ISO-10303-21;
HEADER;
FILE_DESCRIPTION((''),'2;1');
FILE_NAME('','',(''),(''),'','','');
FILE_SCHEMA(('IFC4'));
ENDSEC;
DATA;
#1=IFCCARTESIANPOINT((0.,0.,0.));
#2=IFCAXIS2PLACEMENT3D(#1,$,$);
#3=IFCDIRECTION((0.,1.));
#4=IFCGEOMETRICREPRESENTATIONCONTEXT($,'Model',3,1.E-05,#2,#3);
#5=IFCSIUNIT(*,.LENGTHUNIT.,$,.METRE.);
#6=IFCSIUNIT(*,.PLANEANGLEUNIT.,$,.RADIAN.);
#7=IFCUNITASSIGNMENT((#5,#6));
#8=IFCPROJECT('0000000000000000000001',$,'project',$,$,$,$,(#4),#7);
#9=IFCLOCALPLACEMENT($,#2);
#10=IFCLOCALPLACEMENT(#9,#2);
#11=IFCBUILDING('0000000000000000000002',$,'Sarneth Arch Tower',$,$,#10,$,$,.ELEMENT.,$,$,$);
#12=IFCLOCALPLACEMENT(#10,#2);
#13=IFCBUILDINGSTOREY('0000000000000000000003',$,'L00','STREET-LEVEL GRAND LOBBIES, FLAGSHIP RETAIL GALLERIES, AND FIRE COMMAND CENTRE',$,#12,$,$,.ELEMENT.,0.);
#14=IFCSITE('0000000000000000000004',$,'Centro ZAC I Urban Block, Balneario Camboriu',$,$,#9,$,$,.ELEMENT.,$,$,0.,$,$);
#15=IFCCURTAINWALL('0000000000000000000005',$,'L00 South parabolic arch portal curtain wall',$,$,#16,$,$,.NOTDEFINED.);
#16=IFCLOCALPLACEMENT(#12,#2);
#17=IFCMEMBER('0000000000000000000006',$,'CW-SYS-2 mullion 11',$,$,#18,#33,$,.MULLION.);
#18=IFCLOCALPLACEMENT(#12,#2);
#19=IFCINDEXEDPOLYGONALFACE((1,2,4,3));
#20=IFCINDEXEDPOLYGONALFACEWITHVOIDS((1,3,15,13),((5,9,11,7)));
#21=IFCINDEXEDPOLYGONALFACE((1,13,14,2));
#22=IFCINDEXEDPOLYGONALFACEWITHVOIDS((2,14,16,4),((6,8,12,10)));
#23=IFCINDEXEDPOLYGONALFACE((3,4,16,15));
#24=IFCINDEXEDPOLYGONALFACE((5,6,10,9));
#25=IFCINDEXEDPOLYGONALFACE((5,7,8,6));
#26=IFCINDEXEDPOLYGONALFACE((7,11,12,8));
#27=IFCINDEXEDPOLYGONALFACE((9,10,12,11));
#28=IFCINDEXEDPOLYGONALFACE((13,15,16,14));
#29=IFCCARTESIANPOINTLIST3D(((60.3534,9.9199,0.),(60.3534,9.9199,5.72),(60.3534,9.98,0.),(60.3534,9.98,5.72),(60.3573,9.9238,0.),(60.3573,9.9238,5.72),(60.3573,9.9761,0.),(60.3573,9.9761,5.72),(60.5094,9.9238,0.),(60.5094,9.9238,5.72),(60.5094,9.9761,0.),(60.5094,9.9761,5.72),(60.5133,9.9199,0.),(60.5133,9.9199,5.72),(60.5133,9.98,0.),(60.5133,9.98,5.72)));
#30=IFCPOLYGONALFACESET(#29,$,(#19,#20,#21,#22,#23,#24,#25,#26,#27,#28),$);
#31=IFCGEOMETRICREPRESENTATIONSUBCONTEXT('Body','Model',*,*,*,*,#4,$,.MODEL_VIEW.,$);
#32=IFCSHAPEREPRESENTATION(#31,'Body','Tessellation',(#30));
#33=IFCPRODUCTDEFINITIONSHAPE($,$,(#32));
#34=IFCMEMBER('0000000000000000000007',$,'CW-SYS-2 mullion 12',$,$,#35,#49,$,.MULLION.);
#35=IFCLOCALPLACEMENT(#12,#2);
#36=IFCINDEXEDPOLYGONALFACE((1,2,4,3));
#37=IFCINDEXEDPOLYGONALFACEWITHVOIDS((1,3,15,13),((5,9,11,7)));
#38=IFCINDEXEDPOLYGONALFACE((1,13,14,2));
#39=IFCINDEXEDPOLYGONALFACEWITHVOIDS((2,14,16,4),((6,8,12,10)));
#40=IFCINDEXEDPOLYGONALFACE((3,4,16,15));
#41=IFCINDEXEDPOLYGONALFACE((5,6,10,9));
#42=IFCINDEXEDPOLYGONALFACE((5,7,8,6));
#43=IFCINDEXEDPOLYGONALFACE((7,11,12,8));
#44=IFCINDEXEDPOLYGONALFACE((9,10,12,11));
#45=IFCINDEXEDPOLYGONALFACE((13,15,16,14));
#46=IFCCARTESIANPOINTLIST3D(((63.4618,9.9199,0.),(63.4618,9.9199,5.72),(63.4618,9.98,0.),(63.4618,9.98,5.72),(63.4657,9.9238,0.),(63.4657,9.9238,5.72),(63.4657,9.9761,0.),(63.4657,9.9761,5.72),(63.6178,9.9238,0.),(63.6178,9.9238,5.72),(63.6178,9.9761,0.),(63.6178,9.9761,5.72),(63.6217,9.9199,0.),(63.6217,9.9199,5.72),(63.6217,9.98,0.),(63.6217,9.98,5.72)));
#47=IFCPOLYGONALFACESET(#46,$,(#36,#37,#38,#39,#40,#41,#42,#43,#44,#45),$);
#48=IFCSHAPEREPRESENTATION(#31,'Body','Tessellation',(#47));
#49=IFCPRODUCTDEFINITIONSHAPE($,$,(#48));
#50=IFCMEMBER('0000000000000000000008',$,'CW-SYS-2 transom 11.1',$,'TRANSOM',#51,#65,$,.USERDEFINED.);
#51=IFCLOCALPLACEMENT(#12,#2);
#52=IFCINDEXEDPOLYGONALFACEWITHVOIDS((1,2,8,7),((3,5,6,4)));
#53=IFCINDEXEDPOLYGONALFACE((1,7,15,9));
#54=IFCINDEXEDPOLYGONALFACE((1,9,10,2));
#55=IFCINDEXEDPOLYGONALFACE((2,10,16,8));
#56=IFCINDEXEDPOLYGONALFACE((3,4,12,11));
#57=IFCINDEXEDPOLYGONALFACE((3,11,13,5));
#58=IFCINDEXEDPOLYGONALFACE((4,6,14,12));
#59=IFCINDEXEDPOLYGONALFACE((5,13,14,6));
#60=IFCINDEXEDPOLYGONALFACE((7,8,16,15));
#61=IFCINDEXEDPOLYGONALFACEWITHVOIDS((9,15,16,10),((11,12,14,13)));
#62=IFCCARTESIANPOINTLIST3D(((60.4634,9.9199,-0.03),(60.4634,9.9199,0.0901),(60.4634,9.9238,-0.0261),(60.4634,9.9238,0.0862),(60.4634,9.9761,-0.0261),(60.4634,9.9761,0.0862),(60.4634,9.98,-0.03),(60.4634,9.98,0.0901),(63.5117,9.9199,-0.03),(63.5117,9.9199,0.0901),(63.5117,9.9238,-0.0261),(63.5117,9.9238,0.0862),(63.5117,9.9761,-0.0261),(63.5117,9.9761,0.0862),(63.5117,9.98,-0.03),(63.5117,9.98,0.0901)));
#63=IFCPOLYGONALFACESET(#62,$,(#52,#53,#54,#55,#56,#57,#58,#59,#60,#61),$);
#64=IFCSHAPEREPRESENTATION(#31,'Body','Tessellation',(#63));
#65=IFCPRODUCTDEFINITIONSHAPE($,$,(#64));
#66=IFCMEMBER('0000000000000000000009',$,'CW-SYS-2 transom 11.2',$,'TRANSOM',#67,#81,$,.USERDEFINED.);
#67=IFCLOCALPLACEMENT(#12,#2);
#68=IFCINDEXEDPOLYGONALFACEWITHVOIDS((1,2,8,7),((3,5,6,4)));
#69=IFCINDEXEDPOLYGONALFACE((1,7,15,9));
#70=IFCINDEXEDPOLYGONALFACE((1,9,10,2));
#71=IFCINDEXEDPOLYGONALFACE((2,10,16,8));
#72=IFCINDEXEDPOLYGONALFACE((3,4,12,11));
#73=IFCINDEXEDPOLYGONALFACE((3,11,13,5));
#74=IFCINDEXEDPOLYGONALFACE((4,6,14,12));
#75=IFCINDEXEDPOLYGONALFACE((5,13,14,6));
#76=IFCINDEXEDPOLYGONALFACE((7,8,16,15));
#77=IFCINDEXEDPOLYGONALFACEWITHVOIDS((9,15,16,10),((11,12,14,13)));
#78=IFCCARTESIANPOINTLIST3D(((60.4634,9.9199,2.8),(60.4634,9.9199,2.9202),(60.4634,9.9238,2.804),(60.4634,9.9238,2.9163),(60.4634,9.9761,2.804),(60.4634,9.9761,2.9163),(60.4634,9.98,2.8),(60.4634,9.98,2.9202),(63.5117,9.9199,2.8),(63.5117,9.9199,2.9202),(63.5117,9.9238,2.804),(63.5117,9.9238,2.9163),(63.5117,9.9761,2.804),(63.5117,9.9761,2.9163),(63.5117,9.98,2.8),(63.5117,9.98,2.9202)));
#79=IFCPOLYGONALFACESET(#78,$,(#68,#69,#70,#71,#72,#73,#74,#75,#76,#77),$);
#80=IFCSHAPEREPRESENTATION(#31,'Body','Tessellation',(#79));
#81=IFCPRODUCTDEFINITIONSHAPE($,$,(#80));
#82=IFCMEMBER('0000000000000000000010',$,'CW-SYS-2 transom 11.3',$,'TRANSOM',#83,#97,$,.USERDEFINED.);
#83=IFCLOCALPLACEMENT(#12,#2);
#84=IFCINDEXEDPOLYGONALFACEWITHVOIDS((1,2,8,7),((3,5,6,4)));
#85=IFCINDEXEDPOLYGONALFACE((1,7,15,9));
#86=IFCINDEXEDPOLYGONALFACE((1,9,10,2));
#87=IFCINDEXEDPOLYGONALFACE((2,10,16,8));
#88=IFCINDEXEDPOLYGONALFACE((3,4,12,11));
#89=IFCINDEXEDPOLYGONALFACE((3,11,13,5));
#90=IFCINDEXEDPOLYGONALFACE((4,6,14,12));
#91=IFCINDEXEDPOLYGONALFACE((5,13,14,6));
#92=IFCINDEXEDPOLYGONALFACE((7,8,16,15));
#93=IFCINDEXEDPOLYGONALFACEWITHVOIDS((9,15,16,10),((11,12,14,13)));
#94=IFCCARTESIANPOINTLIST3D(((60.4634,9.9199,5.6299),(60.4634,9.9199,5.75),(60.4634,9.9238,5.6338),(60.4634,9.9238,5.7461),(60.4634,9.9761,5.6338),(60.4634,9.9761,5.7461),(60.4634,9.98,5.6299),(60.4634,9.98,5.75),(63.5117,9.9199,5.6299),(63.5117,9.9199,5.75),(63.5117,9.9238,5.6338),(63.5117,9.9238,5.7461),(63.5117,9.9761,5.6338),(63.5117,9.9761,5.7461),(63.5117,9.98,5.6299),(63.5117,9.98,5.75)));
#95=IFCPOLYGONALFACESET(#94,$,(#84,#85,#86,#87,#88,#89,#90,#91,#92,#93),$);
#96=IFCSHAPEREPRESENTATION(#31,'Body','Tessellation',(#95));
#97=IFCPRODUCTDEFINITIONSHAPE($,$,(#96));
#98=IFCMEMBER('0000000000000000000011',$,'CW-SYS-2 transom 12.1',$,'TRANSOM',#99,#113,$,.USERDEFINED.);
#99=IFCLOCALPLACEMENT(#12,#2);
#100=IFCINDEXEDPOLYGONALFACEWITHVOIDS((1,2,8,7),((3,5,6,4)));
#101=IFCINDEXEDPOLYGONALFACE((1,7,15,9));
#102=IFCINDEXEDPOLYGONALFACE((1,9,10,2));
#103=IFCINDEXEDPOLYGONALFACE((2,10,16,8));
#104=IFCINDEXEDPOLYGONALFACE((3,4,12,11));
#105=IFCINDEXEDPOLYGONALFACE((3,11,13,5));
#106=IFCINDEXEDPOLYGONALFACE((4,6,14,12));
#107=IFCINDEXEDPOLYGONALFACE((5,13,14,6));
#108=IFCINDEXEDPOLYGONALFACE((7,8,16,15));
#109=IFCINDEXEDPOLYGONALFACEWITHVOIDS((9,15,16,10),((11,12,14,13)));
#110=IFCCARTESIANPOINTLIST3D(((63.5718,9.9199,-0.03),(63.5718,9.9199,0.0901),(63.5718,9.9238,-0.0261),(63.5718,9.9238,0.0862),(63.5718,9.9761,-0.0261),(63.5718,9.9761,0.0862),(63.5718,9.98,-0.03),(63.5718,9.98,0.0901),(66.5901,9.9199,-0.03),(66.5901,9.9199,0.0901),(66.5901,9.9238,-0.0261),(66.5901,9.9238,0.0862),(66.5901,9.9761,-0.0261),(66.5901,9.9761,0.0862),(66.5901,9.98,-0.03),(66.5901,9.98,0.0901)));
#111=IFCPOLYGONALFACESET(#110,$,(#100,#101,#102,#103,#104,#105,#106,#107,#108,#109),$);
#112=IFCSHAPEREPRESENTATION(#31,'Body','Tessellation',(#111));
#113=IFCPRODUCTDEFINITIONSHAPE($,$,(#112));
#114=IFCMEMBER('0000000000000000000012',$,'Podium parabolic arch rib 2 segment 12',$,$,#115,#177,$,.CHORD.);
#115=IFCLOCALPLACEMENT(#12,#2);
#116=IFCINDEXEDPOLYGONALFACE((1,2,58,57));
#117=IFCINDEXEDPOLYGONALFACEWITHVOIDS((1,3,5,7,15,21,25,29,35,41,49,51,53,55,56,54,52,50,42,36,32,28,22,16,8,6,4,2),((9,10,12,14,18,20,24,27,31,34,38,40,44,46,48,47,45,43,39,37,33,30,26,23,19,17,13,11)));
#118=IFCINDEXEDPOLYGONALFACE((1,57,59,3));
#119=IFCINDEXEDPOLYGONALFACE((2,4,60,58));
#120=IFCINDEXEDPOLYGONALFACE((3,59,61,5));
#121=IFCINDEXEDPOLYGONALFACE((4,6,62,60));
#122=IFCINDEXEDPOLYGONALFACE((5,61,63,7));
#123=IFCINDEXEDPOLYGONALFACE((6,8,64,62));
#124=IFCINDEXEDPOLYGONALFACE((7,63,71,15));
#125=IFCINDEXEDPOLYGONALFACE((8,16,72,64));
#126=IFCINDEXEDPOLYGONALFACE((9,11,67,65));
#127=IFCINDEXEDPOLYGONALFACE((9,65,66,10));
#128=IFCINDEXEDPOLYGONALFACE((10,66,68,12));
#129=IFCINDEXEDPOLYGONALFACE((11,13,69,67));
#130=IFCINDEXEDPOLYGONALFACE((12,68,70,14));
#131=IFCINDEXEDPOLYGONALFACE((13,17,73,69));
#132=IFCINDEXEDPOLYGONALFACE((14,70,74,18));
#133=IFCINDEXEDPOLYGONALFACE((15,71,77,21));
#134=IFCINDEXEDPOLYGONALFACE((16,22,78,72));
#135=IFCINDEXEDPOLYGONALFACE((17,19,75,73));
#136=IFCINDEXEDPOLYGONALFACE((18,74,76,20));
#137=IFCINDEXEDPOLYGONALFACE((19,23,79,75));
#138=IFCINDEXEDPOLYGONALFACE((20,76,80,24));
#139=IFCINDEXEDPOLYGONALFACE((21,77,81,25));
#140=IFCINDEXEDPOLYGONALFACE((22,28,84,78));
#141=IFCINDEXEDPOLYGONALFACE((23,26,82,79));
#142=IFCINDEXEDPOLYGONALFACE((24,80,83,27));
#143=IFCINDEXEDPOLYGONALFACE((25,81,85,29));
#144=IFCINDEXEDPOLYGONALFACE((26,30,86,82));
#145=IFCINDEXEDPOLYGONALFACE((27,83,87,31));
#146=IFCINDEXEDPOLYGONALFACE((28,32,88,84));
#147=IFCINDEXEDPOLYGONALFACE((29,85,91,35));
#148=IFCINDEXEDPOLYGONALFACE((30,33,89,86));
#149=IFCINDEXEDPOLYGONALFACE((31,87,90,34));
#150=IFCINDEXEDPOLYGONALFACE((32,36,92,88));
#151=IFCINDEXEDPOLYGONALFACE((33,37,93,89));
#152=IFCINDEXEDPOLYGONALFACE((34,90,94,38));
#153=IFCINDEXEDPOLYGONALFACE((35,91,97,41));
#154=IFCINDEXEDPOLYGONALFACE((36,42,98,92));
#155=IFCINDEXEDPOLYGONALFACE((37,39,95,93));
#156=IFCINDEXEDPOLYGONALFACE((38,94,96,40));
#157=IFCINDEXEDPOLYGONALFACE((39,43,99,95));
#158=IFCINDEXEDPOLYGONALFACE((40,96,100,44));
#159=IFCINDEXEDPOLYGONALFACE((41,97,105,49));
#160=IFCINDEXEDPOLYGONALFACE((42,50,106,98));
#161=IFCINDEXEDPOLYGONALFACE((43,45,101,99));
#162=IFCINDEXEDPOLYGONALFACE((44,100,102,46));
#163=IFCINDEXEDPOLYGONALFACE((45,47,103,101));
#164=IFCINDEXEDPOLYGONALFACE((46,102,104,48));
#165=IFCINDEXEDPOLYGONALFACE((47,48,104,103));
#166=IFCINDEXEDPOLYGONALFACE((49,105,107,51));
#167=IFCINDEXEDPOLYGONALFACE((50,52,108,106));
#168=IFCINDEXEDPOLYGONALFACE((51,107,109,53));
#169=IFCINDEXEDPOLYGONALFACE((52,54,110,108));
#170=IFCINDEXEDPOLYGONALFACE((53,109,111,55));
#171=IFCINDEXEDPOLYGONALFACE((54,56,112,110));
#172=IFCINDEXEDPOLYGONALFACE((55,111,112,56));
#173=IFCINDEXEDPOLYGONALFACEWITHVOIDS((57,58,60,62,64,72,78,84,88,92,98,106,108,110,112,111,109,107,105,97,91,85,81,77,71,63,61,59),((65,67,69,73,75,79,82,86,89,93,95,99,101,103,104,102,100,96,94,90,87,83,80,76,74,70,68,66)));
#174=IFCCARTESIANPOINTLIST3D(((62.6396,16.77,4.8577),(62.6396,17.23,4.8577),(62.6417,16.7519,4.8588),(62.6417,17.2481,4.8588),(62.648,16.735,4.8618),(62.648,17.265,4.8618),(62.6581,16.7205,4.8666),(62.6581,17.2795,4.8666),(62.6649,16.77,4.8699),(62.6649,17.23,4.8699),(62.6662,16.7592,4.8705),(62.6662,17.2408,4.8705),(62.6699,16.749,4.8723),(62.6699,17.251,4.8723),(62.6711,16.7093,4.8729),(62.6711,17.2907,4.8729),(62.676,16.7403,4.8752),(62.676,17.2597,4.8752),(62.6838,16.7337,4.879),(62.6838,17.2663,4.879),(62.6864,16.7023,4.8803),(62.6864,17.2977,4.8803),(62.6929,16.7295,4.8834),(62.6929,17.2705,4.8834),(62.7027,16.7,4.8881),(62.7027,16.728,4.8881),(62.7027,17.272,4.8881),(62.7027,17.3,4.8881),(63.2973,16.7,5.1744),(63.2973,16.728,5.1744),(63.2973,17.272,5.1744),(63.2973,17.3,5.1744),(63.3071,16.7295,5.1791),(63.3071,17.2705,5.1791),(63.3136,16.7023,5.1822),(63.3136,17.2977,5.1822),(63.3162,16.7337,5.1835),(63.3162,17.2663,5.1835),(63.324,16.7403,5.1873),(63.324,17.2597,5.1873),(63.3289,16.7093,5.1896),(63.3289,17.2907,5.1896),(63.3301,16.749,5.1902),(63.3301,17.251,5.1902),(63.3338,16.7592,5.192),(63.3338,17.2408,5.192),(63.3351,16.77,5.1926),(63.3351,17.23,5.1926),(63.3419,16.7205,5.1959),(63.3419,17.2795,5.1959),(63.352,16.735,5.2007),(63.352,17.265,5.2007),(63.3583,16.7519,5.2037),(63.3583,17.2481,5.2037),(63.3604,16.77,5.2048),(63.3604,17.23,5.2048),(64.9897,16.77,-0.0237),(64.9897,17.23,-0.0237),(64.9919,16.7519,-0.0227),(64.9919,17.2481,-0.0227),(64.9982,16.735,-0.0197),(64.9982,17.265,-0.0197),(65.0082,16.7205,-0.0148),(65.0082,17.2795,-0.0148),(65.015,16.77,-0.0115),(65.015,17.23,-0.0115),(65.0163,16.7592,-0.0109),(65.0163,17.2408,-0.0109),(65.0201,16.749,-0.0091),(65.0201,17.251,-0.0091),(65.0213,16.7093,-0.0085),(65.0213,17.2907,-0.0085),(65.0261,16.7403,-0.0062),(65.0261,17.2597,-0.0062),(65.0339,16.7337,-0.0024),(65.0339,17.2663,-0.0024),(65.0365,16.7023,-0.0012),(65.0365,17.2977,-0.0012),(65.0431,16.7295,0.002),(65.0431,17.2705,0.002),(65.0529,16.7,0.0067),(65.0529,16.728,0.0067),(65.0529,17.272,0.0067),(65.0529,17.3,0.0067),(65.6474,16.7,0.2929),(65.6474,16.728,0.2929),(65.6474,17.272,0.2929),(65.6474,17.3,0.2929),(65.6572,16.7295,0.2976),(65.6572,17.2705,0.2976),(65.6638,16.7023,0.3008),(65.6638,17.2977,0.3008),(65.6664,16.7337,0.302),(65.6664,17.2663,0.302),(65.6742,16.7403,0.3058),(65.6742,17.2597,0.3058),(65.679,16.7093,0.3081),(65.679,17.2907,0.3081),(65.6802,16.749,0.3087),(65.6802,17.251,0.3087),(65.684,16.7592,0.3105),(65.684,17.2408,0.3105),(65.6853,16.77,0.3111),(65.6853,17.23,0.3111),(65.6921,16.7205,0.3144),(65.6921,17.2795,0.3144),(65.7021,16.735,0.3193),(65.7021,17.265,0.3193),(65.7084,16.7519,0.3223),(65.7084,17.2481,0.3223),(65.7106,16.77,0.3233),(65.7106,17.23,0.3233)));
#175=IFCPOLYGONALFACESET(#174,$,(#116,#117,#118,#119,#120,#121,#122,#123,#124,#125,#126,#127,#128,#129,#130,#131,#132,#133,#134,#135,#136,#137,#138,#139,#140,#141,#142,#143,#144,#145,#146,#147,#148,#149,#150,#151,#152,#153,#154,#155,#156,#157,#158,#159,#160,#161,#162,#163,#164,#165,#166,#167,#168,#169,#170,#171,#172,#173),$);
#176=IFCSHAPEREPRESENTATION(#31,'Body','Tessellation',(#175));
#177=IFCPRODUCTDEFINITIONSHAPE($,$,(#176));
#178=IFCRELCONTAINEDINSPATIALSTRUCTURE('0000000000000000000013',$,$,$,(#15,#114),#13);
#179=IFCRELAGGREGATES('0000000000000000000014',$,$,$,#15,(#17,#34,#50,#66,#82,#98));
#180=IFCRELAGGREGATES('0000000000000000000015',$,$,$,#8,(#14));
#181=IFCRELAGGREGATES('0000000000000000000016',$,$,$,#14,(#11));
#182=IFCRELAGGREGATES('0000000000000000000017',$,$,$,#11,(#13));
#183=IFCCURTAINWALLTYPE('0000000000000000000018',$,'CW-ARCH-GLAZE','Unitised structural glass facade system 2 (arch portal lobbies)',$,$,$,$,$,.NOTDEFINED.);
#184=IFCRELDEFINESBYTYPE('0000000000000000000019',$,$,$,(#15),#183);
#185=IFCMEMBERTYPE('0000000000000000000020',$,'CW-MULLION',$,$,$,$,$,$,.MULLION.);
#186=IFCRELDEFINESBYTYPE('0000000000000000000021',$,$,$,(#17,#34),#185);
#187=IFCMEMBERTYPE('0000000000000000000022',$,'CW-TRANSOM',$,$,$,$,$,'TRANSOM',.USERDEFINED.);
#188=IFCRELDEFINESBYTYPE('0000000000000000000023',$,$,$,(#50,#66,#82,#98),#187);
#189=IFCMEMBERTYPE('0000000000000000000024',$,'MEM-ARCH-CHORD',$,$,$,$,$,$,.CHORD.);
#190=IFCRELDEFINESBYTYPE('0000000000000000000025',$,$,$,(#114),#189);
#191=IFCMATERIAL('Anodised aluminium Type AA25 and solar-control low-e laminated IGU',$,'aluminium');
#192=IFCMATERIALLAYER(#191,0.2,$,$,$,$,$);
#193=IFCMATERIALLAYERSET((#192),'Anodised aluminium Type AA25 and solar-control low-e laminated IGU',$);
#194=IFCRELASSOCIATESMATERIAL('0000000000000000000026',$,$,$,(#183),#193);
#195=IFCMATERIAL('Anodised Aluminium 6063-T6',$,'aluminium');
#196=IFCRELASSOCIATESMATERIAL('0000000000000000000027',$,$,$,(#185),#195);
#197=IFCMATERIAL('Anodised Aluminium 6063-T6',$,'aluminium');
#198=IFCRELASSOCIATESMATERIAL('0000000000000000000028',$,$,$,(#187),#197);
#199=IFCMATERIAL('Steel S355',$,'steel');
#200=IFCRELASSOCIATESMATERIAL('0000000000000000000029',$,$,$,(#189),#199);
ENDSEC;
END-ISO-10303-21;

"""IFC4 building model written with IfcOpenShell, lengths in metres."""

from ifc_helpers import new_model, si_unit, direction, frame, origin, origin_2d, place, context, subcontext, project, spatial, hollow_rectangle, extrude, material, layer, layer_set, material_profile, profile_set, type_object, element, aggregate, save


model = new_model("IFC4")

# Units and contexts
model_context = context("Model", 3, precision=1e-05, world=origin(), true_north=direction((0.0, 1.0)))
body_context = subcontext(model_context, "Body", "Model", "MODEL_VIEW")
ifc_project = project(units=[si_unit("LENGTHUNIT", "METRE"), si_unit("PLANEANGLEUNIT", "RADIAN")], contexts=[model_context])

# Site, building, storey
site_placement = place(None, origin())
site = spatial("IfcSite", under=ifc_project, at=site_placement, Name="Centro ZAC I Urban Block, Balneario Camboriu", CompositionType="ELEMENT", RefElevation=0.0)
building_placement = place(site_placement, origin())
building = spatial("IfcBuilding", under=site, at=building_placement, Name="Sarneth Arch Tower", CompositionType="ELEMENT")
storey_placement = place(building_placement, origin())
storey = spatial("IfcBuildingStorey", under=building, at=storey_placement, Name="L00", Description="STREET-LEVEL GRAND LOBBIES, FLAGSHIP RETAIL GALLERIES, AND FIRE COMMAND CENTRE", CompositionType="ELEMENT", Elevation=0.0)

# Curtain wall, members
ifc_material_1 = material(Name="Anodised aluminium Type AA25 and solar-control low-e laminated IGU", Category="aluminium")
ifc_layer_1 = layer(ifc_material_1, 0.2)
ifc_layer_set_1 = layer_set([ifc_layer_1], Name="Anodised aluminium Type AA25 and solar-control low-e laminated IGU")
curtain_wall_type = type_object("IfcCurtainWallType", Name="CW-ARCH-GLAZE", Description="Unitised structural glass facade system 2 (arch portal lobbies)", PredefinedType="NOTDEFINED", material=ifc_layer_set_1)
curtain_wall_placement = place(storey_placement, origin())
curtain_wall = element("IfcCurtainWall", 1, at=curtain_wall_placement, inside=storey, type_object=curtain_wall_type, Name="L00 South parabolic arch portal curtain wall", PredefinedType="NOTDEFINED")
ifc_material_2 = material(Name="Anodised Aluminium 6063-T6", Category="aluminium")
ifc_material_profile_1 = material_profile(ifc_material_2, hollow_rectangle(XDim=0.0601, YDim=0.1599, WallThickness=0.0039, at=origin_2d()), Name="AL-MULL-160x60x4")
ifc_profile_set_1 = profile_set([ifc_material_profile_1], Name="Anodised Aluminium 6063-T6")
member_type_1 = type_object("IfcMemberType", Name="CW-MULLION", PredefinedType="MULLION", material=ifc_profile_set_1)
member_1_placement = place(storey_placement, frame((60.4333, 9.95, 0.0), z_axis=(0.0, 0.0, 1.0), x_axis=(0.0, 1.0, 0.0)))
member_1 = element("IfcMember", 2, at=member_1_placement, type_object=member_type_1, Name="CW-SYS-2 mullion 11", PredefinedType="MULLION", context=body_context, shape_type="SweptSolid", body=[
    extrude(hollow_rectangle(XDim=0.0601, YDim=0.1599, WallThickness=0.0039, at=origin_2d()), origin(), (0.0, 0.0, 1.0), 5.72),
])
member_2_placement = place(storey_placement, frame((63.5417, 9.95, 0.0), z_axis=(0.0, 0.0, 1.0), x_axis=(0.0, 1.0, 0.0)))
member_2 = element("IfcMember", 3, at=member_2_placement, type_object=member_type_1, Name="CW-SYS-2 mullion 12", PredefinedType="MULLION", context=body_context, shape_type="SweptSolid", body=[
    extrude(hollow_rectangle(XDim=0.0601, YDim=0.1599, WallThickness=0.0039, at=origin_2d()), origin(), (0.0, 0.0, 1.0), 5.72),
])
ifc_material_3 = material(Name="Anodised Aluminium 6063-T6", Category="aluminium")
ifc_material_profile_2 = material_profile(ifc_material_3, hollow_rectangle(XDim=0.0601, YDim=0.1201, WallThickness=0.0039, at=origin_2d()), Name="AL-TRAN-120x60x4")
ifc_profile_set_2 = profile_set([ifc_material_profile_2], Name="Anodised Aluminium 6063-T6")
member_type_2 = type_object("IfcMemberType", Name="CW-TRANSOM", ElementType="TRANSOM", PredefinedType="USERDEFINED", material=ifc_profile_set_2)
member_3_placement = place(storey_placement, frame((60.4634, 9.95, 0.03), z_axis=(1.0, 0.0, 0.0), x_axis=(0.0, 1.0, 0.0)))
member_3 = element("IfcMember", 4, at=member_3_placement, type_object=member_type_2, Name="CW-SYS-2 transom 11.1", ObjectType="TRANSOM", PredefinedType="USERDEFINED", context=body_context, shape_type="SweptSolid", body=[
    extrude(hollow_rectangle(XDim=0.0601, YDim=0.1201, WallThickness=0.0039, at=origin_2d()), origin(), (0.0, 0.0, 1.0), 3.0483),
])
member_4_placement = place(storey_placement, frame((60.4634, 9.95, 2.8601), z_axis=(1.0, 0.0, 0.0), x_axis=(0.0, 1.0, 0.0)))
member_4 = element("IfcMember", 5, at=member_4_placement, type_object=member_type_2, Name="CW-SYS-2 transom 11.2", ObjectType="TRANSOM", PredefinedType="USERDEFINED", context=body_context, shape_type="SweptSolid", body=[
    extrude(hollow_rectangle(XDim=0.0601, YDim=0.1201, WallThickness=0.0039, at=origin_2d()), origin(), (0.0, 0.0, 1.0), 3.0483),
])
member_5_placement = place(storey_placement, frame((60.4634, 9.95, 5.6899), z_axis=(1.0, 0.0, 0.0), x_axis=(0.0, 1.0, 0.0)))
member_5 = element("IfcMember", 6, at=member_5_placement, type_object=member_type_2, Name="CW-SYS-2 transom 11.3", ObjectType="TRANSOM", PredefinedType="USERDEFINED", context=body_context, shape_type="SweptSolid", body=[
    extrude(hollow_rectangle(XDim=0.0601, YDim=0.1201, WallThickness=0.0039, at=origin_2d()), origin(), (0.0, 0.0, 1.0), 3.0483),
])
member_6_placement = place(storey_placement, frame((63.5718, 9.95, 0.03), z_axis=(1.0, 0.0, 0.0), x_axis=(0.0, 1.0, 0.0)))
member_6 = element("IfcMember", 7, at=member_6_placement, type_object=member_type_2, Name="CW-SYS-2 transom 12.1", ObjectType="TRANSOM", PredefinedType="USERDEFINED", context=body_context, shape_type="SweptSolid", body=[
    extrude(hollow_rectangle(XDim=0.0601, YDim=0.1201, WallThickness=0.0039, at=origin_2d()), origin(), (0.0, 0.0, 1.0), 3.0183),
])

# Member
ifc_material_4 = material(Name="Steel S355", Category="steel")
ifc_material_profile_3 = material_profile(ifc_material_4, hollow_rectangle(XDim=0.6001, YDim=0.8, WallThickness=0.0281, InnerFilletRadius=0.042, OuterFilletRadius=0.0701, at=origin_2d()), Name="RHS800x600x28")
ifc_profile_set_3 = profile_set([ifc_material_profile_3], Name="Steel S355")
member_type_3 = type_object("IfcMemberType", Name="MEM-ARCH-CHORD", PredefinedType="CHORD", material=ifc_profile_set_3)
for number, where, z_axis, x_axis, name in (
    (8, (63.0, 17.0, 5.0312), (0.433789, 0.0, -0.901015), (0.0, 1.0, 0.0), "Podium parabolic arch rib 2 segment 12"),
):
    element("IfcMember", number, at=place(storey_placement, frame(where, z_axis=z_axis, x_axis=x_axis)), inside=storey, type_object=member_type_3, Name=name, PredefinedType="CHORD", context=body_context, shape_type="SweptSolid", body=[
        extrude(hollow_rectangle(XDim=0.6001, YDim=0.8, WallThickness=0.0281, InnerFilletRadius=0.042, OuterFilletRadius=0.0701, at=origin_2d()), origin(), (0.0, 0.0, 1.0), 5.4177),
    ])

aggregate(curtain_wall, [member_1, member_2, member_3, member_4, member_5, member_6])

save(model, "model.ifc")
